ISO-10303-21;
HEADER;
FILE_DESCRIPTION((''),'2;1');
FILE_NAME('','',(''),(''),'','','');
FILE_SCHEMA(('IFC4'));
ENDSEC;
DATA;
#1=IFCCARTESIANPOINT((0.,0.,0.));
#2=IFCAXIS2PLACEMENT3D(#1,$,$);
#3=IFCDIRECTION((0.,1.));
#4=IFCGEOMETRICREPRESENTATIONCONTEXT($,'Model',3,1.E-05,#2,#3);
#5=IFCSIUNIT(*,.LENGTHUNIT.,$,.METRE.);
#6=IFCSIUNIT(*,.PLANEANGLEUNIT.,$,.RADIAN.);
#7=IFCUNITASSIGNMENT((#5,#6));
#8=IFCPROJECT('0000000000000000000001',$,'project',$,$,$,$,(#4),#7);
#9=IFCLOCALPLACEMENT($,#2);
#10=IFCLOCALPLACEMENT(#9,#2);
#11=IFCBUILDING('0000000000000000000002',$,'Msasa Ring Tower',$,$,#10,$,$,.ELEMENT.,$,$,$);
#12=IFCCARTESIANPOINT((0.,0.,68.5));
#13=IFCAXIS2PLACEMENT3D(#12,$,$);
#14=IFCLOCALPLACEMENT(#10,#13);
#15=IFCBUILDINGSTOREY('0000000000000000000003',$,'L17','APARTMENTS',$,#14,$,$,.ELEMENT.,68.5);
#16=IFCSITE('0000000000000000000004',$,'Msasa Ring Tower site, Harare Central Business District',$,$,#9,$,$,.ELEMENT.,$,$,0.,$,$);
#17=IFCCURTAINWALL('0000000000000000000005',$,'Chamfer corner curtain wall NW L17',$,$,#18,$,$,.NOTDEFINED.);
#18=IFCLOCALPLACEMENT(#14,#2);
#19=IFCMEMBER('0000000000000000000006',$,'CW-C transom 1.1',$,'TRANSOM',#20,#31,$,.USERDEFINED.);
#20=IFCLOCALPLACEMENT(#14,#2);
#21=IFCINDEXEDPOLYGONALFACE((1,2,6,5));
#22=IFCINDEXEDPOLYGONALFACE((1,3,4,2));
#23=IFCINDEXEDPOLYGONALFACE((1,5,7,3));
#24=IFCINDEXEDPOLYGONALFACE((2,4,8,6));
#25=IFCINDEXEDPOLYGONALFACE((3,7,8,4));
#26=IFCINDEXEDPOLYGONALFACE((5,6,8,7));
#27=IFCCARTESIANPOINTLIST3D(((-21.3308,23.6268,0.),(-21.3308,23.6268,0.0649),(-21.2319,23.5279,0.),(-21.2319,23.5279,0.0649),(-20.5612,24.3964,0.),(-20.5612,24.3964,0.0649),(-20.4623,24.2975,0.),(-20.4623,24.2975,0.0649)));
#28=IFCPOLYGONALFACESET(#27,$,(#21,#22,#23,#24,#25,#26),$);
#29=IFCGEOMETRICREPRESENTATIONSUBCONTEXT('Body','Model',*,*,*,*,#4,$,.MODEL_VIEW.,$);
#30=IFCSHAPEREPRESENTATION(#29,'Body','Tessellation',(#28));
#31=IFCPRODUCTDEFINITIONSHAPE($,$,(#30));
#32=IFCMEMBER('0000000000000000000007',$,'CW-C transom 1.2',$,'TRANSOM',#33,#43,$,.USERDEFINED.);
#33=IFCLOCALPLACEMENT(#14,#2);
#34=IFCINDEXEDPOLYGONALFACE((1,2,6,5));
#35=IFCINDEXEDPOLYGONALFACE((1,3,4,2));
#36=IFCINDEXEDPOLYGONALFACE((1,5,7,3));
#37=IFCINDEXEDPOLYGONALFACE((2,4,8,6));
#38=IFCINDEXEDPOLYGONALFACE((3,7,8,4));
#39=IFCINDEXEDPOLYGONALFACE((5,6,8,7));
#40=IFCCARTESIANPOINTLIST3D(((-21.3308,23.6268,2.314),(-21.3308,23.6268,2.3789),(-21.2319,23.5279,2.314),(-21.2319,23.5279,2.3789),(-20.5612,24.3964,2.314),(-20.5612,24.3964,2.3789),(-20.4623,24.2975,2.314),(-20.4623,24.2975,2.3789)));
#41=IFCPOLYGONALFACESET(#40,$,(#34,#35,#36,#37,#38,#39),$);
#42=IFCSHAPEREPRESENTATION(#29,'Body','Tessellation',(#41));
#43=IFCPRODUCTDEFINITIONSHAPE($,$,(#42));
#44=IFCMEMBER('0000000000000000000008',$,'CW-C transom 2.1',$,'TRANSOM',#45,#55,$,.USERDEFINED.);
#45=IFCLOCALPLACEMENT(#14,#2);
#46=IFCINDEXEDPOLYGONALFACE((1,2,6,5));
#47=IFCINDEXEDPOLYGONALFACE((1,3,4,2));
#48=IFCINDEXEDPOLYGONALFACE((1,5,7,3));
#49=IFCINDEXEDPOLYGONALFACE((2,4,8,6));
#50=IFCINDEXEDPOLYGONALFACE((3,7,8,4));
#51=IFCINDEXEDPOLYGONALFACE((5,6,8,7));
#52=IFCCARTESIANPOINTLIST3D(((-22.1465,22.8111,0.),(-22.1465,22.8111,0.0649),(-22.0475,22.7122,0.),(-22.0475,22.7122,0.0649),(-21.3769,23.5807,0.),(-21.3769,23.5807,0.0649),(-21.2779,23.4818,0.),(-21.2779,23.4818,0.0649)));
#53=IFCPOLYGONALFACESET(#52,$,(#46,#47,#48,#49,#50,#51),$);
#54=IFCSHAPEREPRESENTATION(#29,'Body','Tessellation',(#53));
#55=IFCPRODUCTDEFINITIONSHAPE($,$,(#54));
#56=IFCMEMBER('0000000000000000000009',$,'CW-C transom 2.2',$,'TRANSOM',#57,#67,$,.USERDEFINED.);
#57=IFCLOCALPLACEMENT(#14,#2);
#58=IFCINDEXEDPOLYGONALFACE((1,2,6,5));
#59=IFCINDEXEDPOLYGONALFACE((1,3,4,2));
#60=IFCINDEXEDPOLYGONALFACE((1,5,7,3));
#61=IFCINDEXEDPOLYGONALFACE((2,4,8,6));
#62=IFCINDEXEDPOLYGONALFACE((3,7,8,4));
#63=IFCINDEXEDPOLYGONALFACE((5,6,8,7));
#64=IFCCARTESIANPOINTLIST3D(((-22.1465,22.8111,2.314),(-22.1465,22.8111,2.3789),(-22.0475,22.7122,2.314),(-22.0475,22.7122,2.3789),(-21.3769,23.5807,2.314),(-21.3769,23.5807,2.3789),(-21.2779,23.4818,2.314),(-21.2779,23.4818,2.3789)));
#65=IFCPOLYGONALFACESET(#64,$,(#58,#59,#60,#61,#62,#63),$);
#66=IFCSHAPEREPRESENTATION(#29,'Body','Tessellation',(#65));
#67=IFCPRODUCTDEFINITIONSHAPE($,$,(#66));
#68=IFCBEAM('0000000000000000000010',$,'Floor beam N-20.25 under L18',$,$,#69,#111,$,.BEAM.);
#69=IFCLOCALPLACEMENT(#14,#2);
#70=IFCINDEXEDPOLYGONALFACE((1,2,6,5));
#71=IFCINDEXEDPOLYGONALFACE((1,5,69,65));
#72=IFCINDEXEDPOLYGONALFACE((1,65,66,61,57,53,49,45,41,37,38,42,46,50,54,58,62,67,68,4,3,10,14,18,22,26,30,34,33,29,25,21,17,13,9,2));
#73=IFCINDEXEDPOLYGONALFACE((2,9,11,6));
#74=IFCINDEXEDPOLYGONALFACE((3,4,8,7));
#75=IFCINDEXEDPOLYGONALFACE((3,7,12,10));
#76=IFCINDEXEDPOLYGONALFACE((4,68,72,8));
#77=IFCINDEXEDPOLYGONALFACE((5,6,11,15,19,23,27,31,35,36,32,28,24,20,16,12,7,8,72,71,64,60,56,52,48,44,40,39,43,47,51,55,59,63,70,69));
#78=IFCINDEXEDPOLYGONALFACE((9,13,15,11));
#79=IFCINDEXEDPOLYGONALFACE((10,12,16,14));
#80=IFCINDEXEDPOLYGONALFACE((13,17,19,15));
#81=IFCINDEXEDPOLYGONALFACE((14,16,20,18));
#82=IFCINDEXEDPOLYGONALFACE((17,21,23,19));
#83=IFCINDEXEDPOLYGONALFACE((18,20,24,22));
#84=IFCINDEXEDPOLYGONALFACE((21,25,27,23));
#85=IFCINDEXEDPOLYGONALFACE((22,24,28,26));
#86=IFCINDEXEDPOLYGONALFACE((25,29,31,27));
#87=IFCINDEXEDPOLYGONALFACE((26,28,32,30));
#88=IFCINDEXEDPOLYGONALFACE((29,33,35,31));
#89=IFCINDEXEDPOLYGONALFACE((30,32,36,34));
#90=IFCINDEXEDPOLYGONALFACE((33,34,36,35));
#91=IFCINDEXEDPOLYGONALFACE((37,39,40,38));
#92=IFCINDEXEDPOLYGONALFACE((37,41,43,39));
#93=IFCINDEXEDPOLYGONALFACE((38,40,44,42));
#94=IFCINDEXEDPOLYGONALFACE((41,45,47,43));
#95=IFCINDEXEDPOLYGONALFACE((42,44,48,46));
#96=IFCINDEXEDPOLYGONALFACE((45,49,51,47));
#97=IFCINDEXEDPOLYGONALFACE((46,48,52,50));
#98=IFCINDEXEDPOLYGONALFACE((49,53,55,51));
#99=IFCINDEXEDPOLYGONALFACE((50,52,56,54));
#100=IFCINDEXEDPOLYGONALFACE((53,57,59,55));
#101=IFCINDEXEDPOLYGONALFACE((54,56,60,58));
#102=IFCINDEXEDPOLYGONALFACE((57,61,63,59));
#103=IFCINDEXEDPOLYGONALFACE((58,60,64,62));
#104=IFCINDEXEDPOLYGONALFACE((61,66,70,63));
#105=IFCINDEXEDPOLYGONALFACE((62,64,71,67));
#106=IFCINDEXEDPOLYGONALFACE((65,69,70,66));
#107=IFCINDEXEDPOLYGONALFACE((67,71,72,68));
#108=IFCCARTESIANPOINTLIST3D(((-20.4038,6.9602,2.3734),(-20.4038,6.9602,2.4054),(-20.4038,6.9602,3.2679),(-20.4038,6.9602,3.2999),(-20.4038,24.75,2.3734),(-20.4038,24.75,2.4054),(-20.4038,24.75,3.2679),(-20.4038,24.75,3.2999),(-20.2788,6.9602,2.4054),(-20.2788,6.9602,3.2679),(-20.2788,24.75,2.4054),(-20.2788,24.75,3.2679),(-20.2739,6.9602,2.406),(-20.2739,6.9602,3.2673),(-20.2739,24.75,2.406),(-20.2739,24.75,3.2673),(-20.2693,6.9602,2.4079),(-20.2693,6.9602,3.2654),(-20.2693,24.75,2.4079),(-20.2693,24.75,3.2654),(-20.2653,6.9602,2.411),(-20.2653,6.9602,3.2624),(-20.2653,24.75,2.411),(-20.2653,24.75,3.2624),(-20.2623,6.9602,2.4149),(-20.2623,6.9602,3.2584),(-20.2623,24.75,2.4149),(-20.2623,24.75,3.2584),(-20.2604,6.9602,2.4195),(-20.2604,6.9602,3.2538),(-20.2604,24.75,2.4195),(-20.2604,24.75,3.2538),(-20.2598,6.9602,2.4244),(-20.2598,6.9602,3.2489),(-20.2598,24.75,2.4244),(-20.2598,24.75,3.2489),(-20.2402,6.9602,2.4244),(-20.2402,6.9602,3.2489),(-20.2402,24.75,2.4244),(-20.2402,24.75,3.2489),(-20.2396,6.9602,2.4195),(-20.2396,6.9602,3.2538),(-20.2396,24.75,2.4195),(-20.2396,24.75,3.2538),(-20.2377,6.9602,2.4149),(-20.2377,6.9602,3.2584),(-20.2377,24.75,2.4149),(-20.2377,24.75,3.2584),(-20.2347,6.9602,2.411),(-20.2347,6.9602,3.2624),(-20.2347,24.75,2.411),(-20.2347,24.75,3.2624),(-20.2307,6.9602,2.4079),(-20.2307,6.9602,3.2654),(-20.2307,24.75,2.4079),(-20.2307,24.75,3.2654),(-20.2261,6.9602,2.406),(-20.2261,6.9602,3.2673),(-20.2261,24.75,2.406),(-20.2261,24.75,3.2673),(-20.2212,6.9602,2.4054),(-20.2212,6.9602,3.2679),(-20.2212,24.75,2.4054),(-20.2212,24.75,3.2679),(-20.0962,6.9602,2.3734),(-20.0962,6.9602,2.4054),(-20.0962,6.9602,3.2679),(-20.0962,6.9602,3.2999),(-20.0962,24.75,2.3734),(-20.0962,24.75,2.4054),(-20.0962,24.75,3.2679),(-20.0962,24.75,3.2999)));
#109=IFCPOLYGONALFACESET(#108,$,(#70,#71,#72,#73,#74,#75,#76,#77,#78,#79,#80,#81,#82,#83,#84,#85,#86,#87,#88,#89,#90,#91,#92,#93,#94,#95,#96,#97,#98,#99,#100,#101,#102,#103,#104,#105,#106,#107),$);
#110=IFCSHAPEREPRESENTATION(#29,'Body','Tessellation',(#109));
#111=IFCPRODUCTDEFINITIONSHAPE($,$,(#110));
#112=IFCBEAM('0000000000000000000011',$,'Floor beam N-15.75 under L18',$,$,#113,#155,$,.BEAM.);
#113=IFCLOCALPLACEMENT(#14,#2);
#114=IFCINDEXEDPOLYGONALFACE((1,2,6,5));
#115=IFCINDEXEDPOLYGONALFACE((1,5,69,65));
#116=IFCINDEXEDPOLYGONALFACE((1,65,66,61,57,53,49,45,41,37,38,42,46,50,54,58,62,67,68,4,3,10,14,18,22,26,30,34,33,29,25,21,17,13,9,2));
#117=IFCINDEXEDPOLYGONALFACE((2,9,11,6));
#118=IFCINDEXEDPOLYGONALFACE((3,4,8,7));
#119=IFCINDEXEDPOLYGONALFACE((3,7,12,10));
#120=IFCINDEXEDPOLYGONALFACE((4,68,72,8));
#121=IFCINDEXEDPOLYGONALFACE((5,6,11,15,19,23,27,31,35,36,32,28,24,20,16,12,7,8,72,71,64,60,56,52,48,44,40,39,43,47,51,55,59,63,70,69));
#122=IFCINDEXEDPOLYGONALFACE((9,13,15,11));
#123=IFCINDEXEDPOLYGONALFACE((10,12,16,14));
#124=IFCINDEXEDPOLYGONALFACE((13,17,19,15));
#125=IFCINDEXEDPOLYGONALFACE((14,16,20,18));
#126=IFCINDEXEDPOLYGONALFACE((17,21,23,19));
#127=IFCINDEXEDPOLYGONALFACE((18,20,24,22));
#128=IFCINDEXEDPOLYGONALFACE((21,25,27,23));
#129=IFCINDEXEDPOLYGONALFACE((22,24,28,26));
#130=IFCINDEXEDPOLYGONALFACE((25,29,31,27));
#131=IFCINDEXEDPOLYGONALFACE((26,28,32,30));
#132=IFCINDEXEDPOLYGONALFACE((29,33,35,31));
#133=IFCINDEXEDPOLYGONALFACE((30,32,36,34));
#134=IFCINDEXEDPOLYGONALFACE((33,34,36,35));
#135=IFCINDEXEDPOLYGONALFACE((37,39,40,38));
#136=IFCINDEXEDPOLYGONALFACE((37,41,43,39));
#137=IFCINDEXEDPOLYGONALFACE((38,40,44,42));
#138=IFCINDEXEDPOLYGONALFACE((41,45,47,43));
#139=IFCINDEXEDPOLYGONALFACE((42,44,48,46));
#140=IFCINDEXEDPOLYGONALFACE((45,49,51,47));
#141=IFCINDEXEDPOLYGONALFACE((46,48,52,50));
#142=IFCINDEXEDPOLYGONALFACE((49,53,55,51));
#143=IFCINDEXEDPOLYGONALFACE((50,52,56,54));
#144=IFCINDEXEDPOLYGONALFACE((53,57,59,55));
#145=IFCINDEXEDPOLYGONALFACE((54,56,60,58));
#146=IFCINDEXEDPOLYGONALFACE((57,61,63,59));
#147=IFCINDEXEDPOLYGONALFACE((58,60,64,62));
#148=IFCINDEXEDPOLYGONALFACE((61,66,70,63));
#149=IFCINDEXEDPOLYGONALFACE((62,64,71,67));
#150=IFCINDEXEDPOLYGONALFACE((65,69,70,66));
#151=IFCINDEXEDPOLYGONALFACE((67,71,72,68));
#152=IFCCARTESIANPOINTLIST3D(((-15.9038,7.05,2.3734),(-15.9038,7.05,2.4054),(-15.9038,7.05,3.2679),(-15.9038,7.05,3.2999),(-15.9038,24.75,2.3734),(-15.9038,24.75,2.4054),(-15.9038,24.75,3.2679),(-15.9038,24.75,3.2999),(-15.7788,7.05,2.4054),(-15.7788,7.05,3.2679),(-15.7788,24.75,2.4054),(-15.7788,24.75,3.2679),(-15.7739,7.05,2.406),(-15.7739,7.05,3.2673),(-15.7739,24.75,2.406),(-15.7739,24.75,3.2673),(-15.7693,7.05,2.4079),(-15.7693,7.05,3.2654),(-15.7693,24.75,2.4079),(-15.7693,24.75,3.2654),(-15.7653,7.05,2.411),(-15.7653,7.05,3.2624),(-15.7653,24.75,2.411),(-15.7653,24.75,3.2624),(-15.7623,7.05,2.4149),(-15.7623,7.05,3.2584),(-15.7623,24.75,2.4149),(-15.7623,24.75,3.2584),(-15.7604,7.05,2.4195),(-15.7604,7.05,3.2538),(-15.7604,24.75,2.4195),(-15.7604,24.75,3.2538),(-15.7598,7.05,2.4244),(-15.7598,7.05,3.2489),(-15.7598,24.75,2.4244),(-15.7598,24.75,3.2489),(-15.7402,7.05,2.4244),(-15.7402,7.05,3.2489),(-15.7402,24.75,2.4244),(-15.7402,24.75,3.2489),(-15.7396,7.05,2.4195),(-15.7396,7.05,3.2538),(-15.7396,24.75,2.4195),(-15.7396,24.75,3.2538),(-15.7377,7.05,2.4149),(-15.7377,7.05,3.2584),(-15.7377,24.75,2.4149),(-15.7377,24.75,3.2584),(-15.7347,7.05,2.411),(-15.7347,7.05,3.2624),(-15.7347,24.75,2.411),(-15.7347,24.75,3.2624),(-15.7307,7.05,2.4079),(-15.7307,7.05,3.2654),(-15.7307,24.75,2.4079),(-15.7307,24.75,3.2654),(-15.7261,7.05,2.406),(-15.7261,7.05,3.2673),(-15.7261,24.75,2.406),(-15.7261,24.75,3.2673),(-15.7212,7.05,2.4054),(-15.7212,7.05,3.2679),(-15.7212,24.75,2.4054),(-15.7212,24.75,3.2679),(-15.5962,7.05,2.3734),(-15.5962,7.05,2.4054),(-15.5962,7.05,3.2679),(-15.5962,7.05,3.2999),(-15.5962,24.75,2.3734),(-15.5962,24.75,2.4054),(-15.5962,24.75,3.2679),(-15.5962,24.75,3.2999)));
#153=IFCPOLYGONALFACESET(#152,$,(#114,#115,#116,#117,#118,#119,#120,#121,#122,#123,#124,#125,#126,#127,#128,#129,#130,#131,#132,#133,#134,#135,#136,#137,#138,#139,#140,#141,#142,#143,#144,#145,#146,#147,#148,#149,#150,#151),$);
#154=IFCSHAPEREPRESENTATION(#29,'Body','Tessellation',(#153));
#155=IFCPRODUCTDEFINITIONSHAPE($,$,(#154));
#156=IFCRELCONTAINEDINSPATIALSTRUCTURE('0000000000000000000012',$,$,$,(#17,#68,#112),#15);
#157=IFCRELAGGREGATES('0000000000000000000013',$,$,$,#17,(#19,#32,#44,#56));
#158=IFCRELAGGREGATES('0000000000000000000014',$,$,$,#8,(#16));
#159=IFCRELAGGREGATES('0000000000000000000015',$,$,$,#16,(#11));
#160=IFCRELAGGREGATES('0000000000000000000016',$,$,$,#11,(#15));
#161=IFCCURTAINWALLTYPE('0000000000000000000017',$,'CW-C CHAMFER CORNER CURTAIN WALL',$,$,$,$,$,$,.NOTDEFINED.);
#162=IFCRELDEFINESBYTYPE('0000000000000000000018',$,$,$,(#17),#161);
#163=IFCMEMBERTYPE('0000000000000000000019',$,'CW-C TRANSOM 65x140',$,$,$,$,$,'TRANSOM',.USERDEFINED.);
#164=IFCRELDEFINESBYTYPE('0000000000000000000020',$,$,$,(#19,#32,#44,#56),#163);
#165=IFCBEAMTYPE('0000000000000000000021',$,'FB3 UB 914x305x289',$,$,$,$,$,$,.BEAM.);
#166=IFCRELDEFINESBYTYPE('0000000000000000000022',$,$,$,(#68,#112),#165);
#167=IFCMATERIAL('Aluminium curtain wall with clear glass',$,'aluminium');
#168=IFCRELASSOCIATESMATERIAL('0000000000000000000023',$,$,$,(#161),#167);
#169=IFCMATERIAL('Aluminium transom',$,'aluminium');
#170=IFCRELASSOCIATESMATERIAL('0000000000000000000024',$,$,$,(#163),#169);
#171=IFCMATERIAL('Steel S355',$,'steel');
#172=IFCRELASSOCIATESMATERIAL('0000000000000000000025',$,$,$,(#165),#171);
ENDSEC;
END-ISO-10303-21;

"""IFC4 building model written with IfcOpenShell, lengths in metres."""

from ifc_helpers import new_model, si_unit, direction, frame, origin, origin_2d, place, context, subcontext, project, spatial, rectangle, i_section, extrude, material, material_profile, profile_set, type_object, element, aggregate, save


model = new_model("IFC4")

# Units and contexts
model_context = context("Model", 3, precision=1e-05, world=origin(), true_north=direction((0.0, 1.0)))
body_context = subcontext(model_context, "Body", "Model", "MODEL_VIEW")
ifc_project = project(units=[si_unit("LENGTHUNIT", "METRE"), si_unit("PLANEANGLEUNIT", "RADIAN")], contexts=[model_context])

# Site, building, storey
site_placement = place(None, origin())
site = spatial("IfcSite", under=ifc_project, at=site_placement, Name="Msasa Ring Tower site, Harare Central Business District", CompositionType="ELEMENT", RefElevation=0.0)
building_placement = place(site_placement, origin())
building = spatial("IfcBuilding", under=site, at=building_placement, Name="Msasa Ring Tower", CompositionType="ELEMENT")
storey_placement = place(building_placement, frame((0.0, 0.0, 68.5)))
storey = spatial("IfcBuildingStorey", under=building, at=storey_placement, Name="L17", Description="APARTMENTS", CompositionType="ELEMENT", Elevation=68.5)

# Curtain wall
ifc_material_1 = material(Name="Aluminium curtain wall with clear glass", Category="aluminium")
curtain_wall_type = type_object("IfcCurtainWallType", Name="CW-C CHAMFER CORNER CURTAIN WALL", PredefinedType="NOTDEFINED", material=ifc_material_1)
curtain_wall_1_placement = place(storey_placement, origin())
curtain_wall_1 = element("IfcCurtainWall", 1, at=curtain_wall_1_placement, inside=storey, type_object=curtain_wall_type, Name="Chamfer corner curtain wall NW L17", PredefinedType="NOTDEFINED")

# Members
ifc_material_2 = material(Name="Aluminium transom", Category="aluminium")
ifc_material_profile_1 = material_profile(ifc_material_2, rectangle(XDim=0.1399, YDim=0.0649, at=origin_2d()), Name="AL 65x140")
ifc_profile_set_1 = profile_set([ifc_material_profile_1], Name="Aluminium transom")
member_type_1 = type_object("IfcMemberType", Name="CW-C TRANSOM 65x140", ElementType="TRANSOM", PredefinedType="USERDEFINED", material=ifc_profile_set_1)
member_1_placement = place(storey_placement, frame((-20.5117, 24.3469, 0.0325), z_axis=(-0.707107, -0.707107, 0.0), x_axis=(0.707107, -0.707107, 0.0)))
member_1 = element("IfcMember", 2, at=member_1_placement, type_object=member_type_1, Name="CW-C transom 1.1", ObjectType="TRANSOM", PredefinedType="USERDEFINED", context=body_context, shape_type="SweptSolid", body=[
    extrude(rectangle(XDim=0.1399, YDim=0.0649, at=origin_2d()), origin(), (0.0, 0.0, 1.0), 1.0884),
])
member_2_placement = place(storey_placement, frame((-20.5117, 24.3469, 2.3464), z_axis=(-0.707107, -0.707107, 0.0), x_axis=(0.707107, -0.707107, 0.0)))
member_2 = element("IfcMember", 3, at=member_2_placement, type_object=member_type_1, Name="CW-C transom 1.2", ObjectType="TRANSOM", PredefinedType="USERDEFINED", context=body_context, shape_type="SweptSolid", body=[
    extrude(rectangle(XDim=0.1399, YDim=0.0649, at=origin_2d()), origin(), (0.0, 0.0, 1.0), 1.0884),
])
member_3_placement = place(storey_placement, frame((-21.3274, 23.5312, 0.0325), z_axis=(-0.707107, -0.707107, 0.0), x_axis=(0.707107, -0.707107, 0.0)))
member_3 = element("IfcMember", 4, at=member_3_placement, type_object=member_type_1, Name="CW-C transom 2.1", ObjectType="TRANSOM", PredefinedType="USERDEFINED", context=body_context, shape_type="SweptSolid", body=[
    extrude(rectangle(XDim=0.1399, YDim=0.0649, at=origin_2d()), origin(), (0.0, 0.0, 1.0), 1.0884),
])
member_4_placement = place(storey_placement, frame((-21.3274, 23.5312, 2.3464), z_axis=(-0.707107, -0.707107, 0.0), x_axis=(0.707107, -0.707107, 0.0)))
member_4 = element("IfcMember", 5, at=member_4_placement, type_object=member_type_1, Name="CW-C transom 2.2", ObjectType="TRANSOM", PredefinedType="USERDEFINED", context=body_context, shape_type="SweptSolid", body=[
    extrude(rectangle(XDim=0.1399, YDim=0.0649, at=origin_2d()), origin(), (0.0, 0.0, 1.0), 1.0884),
])

# Beams
ifc_material_3 = material(Name="Steel S355", Category="steel")
ifc_material_profile_2 = material_profile(ifc_material_3, i_section(OverallWidth=0.3076, OverallDepth=0.9265, WebThickness=0.0195, FlangeThickness=0.032, FilletRadius=0.019, at=origin_2d()), Name="UB 914x305x289")
ifc_profile_set_2 = profile_set([ifc_material_profile_2], Name="Steel S355")
beam_type_1 = type_object("IfcBeamType", Name="FB3 UB 914x305x289", PredefinedType="BEAM", material=ifc_profile_set_2)
beam_1_placement = place(storey_placement, frame((-20.25, 24.75, 2.8367), z_axis=(0.0, -1.0, 0.0), x_axis=(1.0, 0.0, 0.0)))
element("IfcBeam", 6, at=beam_1_placement, inside=storey, type_object=beam_type_1, Name="Floor beam N-20.25 under L18", PredefinedType="BEAM", context=body_context, shape_type="SweptSolid", body=[
    extrude(i_section(OverallWidth=0.3076, OverallDepth=0.9265, WebThickness=0.0195, FlangeThickness=0.032, FilletRadius=0.019, at=origin_2d()), origin(), (0.0, 0.0, 1.0), 17.7898),
])
beam_2_placement = place(storey_placement, frame((-15.75, 24.75, 2.8367), z_axis=(0.0, -1.0, 0.0), x_axis=(1.0, 0.0, 0.0)))
element("IfcBeam", 7, at=beam_2_placement, inside=storey, type_object=beam_type_1, Name="Floor beam N-15.75 under L18", PredefinedType="BEAM", context=body_context, shape_type="SweptSolid", body=[
    extrude(i_section(OverallWidth=0.3076, OverallDepth=0.9265, WebThickness=0.0195, FlangeThickness=0.032, FilletRadius=0.019, at=origin_2d()), origin(), (0.0, 0.0, 1.0), 17.7),
])

aggregate(curtain_wall_1, [member_1, member_2, member_3, member_4])

save(model, "model.ifc")
